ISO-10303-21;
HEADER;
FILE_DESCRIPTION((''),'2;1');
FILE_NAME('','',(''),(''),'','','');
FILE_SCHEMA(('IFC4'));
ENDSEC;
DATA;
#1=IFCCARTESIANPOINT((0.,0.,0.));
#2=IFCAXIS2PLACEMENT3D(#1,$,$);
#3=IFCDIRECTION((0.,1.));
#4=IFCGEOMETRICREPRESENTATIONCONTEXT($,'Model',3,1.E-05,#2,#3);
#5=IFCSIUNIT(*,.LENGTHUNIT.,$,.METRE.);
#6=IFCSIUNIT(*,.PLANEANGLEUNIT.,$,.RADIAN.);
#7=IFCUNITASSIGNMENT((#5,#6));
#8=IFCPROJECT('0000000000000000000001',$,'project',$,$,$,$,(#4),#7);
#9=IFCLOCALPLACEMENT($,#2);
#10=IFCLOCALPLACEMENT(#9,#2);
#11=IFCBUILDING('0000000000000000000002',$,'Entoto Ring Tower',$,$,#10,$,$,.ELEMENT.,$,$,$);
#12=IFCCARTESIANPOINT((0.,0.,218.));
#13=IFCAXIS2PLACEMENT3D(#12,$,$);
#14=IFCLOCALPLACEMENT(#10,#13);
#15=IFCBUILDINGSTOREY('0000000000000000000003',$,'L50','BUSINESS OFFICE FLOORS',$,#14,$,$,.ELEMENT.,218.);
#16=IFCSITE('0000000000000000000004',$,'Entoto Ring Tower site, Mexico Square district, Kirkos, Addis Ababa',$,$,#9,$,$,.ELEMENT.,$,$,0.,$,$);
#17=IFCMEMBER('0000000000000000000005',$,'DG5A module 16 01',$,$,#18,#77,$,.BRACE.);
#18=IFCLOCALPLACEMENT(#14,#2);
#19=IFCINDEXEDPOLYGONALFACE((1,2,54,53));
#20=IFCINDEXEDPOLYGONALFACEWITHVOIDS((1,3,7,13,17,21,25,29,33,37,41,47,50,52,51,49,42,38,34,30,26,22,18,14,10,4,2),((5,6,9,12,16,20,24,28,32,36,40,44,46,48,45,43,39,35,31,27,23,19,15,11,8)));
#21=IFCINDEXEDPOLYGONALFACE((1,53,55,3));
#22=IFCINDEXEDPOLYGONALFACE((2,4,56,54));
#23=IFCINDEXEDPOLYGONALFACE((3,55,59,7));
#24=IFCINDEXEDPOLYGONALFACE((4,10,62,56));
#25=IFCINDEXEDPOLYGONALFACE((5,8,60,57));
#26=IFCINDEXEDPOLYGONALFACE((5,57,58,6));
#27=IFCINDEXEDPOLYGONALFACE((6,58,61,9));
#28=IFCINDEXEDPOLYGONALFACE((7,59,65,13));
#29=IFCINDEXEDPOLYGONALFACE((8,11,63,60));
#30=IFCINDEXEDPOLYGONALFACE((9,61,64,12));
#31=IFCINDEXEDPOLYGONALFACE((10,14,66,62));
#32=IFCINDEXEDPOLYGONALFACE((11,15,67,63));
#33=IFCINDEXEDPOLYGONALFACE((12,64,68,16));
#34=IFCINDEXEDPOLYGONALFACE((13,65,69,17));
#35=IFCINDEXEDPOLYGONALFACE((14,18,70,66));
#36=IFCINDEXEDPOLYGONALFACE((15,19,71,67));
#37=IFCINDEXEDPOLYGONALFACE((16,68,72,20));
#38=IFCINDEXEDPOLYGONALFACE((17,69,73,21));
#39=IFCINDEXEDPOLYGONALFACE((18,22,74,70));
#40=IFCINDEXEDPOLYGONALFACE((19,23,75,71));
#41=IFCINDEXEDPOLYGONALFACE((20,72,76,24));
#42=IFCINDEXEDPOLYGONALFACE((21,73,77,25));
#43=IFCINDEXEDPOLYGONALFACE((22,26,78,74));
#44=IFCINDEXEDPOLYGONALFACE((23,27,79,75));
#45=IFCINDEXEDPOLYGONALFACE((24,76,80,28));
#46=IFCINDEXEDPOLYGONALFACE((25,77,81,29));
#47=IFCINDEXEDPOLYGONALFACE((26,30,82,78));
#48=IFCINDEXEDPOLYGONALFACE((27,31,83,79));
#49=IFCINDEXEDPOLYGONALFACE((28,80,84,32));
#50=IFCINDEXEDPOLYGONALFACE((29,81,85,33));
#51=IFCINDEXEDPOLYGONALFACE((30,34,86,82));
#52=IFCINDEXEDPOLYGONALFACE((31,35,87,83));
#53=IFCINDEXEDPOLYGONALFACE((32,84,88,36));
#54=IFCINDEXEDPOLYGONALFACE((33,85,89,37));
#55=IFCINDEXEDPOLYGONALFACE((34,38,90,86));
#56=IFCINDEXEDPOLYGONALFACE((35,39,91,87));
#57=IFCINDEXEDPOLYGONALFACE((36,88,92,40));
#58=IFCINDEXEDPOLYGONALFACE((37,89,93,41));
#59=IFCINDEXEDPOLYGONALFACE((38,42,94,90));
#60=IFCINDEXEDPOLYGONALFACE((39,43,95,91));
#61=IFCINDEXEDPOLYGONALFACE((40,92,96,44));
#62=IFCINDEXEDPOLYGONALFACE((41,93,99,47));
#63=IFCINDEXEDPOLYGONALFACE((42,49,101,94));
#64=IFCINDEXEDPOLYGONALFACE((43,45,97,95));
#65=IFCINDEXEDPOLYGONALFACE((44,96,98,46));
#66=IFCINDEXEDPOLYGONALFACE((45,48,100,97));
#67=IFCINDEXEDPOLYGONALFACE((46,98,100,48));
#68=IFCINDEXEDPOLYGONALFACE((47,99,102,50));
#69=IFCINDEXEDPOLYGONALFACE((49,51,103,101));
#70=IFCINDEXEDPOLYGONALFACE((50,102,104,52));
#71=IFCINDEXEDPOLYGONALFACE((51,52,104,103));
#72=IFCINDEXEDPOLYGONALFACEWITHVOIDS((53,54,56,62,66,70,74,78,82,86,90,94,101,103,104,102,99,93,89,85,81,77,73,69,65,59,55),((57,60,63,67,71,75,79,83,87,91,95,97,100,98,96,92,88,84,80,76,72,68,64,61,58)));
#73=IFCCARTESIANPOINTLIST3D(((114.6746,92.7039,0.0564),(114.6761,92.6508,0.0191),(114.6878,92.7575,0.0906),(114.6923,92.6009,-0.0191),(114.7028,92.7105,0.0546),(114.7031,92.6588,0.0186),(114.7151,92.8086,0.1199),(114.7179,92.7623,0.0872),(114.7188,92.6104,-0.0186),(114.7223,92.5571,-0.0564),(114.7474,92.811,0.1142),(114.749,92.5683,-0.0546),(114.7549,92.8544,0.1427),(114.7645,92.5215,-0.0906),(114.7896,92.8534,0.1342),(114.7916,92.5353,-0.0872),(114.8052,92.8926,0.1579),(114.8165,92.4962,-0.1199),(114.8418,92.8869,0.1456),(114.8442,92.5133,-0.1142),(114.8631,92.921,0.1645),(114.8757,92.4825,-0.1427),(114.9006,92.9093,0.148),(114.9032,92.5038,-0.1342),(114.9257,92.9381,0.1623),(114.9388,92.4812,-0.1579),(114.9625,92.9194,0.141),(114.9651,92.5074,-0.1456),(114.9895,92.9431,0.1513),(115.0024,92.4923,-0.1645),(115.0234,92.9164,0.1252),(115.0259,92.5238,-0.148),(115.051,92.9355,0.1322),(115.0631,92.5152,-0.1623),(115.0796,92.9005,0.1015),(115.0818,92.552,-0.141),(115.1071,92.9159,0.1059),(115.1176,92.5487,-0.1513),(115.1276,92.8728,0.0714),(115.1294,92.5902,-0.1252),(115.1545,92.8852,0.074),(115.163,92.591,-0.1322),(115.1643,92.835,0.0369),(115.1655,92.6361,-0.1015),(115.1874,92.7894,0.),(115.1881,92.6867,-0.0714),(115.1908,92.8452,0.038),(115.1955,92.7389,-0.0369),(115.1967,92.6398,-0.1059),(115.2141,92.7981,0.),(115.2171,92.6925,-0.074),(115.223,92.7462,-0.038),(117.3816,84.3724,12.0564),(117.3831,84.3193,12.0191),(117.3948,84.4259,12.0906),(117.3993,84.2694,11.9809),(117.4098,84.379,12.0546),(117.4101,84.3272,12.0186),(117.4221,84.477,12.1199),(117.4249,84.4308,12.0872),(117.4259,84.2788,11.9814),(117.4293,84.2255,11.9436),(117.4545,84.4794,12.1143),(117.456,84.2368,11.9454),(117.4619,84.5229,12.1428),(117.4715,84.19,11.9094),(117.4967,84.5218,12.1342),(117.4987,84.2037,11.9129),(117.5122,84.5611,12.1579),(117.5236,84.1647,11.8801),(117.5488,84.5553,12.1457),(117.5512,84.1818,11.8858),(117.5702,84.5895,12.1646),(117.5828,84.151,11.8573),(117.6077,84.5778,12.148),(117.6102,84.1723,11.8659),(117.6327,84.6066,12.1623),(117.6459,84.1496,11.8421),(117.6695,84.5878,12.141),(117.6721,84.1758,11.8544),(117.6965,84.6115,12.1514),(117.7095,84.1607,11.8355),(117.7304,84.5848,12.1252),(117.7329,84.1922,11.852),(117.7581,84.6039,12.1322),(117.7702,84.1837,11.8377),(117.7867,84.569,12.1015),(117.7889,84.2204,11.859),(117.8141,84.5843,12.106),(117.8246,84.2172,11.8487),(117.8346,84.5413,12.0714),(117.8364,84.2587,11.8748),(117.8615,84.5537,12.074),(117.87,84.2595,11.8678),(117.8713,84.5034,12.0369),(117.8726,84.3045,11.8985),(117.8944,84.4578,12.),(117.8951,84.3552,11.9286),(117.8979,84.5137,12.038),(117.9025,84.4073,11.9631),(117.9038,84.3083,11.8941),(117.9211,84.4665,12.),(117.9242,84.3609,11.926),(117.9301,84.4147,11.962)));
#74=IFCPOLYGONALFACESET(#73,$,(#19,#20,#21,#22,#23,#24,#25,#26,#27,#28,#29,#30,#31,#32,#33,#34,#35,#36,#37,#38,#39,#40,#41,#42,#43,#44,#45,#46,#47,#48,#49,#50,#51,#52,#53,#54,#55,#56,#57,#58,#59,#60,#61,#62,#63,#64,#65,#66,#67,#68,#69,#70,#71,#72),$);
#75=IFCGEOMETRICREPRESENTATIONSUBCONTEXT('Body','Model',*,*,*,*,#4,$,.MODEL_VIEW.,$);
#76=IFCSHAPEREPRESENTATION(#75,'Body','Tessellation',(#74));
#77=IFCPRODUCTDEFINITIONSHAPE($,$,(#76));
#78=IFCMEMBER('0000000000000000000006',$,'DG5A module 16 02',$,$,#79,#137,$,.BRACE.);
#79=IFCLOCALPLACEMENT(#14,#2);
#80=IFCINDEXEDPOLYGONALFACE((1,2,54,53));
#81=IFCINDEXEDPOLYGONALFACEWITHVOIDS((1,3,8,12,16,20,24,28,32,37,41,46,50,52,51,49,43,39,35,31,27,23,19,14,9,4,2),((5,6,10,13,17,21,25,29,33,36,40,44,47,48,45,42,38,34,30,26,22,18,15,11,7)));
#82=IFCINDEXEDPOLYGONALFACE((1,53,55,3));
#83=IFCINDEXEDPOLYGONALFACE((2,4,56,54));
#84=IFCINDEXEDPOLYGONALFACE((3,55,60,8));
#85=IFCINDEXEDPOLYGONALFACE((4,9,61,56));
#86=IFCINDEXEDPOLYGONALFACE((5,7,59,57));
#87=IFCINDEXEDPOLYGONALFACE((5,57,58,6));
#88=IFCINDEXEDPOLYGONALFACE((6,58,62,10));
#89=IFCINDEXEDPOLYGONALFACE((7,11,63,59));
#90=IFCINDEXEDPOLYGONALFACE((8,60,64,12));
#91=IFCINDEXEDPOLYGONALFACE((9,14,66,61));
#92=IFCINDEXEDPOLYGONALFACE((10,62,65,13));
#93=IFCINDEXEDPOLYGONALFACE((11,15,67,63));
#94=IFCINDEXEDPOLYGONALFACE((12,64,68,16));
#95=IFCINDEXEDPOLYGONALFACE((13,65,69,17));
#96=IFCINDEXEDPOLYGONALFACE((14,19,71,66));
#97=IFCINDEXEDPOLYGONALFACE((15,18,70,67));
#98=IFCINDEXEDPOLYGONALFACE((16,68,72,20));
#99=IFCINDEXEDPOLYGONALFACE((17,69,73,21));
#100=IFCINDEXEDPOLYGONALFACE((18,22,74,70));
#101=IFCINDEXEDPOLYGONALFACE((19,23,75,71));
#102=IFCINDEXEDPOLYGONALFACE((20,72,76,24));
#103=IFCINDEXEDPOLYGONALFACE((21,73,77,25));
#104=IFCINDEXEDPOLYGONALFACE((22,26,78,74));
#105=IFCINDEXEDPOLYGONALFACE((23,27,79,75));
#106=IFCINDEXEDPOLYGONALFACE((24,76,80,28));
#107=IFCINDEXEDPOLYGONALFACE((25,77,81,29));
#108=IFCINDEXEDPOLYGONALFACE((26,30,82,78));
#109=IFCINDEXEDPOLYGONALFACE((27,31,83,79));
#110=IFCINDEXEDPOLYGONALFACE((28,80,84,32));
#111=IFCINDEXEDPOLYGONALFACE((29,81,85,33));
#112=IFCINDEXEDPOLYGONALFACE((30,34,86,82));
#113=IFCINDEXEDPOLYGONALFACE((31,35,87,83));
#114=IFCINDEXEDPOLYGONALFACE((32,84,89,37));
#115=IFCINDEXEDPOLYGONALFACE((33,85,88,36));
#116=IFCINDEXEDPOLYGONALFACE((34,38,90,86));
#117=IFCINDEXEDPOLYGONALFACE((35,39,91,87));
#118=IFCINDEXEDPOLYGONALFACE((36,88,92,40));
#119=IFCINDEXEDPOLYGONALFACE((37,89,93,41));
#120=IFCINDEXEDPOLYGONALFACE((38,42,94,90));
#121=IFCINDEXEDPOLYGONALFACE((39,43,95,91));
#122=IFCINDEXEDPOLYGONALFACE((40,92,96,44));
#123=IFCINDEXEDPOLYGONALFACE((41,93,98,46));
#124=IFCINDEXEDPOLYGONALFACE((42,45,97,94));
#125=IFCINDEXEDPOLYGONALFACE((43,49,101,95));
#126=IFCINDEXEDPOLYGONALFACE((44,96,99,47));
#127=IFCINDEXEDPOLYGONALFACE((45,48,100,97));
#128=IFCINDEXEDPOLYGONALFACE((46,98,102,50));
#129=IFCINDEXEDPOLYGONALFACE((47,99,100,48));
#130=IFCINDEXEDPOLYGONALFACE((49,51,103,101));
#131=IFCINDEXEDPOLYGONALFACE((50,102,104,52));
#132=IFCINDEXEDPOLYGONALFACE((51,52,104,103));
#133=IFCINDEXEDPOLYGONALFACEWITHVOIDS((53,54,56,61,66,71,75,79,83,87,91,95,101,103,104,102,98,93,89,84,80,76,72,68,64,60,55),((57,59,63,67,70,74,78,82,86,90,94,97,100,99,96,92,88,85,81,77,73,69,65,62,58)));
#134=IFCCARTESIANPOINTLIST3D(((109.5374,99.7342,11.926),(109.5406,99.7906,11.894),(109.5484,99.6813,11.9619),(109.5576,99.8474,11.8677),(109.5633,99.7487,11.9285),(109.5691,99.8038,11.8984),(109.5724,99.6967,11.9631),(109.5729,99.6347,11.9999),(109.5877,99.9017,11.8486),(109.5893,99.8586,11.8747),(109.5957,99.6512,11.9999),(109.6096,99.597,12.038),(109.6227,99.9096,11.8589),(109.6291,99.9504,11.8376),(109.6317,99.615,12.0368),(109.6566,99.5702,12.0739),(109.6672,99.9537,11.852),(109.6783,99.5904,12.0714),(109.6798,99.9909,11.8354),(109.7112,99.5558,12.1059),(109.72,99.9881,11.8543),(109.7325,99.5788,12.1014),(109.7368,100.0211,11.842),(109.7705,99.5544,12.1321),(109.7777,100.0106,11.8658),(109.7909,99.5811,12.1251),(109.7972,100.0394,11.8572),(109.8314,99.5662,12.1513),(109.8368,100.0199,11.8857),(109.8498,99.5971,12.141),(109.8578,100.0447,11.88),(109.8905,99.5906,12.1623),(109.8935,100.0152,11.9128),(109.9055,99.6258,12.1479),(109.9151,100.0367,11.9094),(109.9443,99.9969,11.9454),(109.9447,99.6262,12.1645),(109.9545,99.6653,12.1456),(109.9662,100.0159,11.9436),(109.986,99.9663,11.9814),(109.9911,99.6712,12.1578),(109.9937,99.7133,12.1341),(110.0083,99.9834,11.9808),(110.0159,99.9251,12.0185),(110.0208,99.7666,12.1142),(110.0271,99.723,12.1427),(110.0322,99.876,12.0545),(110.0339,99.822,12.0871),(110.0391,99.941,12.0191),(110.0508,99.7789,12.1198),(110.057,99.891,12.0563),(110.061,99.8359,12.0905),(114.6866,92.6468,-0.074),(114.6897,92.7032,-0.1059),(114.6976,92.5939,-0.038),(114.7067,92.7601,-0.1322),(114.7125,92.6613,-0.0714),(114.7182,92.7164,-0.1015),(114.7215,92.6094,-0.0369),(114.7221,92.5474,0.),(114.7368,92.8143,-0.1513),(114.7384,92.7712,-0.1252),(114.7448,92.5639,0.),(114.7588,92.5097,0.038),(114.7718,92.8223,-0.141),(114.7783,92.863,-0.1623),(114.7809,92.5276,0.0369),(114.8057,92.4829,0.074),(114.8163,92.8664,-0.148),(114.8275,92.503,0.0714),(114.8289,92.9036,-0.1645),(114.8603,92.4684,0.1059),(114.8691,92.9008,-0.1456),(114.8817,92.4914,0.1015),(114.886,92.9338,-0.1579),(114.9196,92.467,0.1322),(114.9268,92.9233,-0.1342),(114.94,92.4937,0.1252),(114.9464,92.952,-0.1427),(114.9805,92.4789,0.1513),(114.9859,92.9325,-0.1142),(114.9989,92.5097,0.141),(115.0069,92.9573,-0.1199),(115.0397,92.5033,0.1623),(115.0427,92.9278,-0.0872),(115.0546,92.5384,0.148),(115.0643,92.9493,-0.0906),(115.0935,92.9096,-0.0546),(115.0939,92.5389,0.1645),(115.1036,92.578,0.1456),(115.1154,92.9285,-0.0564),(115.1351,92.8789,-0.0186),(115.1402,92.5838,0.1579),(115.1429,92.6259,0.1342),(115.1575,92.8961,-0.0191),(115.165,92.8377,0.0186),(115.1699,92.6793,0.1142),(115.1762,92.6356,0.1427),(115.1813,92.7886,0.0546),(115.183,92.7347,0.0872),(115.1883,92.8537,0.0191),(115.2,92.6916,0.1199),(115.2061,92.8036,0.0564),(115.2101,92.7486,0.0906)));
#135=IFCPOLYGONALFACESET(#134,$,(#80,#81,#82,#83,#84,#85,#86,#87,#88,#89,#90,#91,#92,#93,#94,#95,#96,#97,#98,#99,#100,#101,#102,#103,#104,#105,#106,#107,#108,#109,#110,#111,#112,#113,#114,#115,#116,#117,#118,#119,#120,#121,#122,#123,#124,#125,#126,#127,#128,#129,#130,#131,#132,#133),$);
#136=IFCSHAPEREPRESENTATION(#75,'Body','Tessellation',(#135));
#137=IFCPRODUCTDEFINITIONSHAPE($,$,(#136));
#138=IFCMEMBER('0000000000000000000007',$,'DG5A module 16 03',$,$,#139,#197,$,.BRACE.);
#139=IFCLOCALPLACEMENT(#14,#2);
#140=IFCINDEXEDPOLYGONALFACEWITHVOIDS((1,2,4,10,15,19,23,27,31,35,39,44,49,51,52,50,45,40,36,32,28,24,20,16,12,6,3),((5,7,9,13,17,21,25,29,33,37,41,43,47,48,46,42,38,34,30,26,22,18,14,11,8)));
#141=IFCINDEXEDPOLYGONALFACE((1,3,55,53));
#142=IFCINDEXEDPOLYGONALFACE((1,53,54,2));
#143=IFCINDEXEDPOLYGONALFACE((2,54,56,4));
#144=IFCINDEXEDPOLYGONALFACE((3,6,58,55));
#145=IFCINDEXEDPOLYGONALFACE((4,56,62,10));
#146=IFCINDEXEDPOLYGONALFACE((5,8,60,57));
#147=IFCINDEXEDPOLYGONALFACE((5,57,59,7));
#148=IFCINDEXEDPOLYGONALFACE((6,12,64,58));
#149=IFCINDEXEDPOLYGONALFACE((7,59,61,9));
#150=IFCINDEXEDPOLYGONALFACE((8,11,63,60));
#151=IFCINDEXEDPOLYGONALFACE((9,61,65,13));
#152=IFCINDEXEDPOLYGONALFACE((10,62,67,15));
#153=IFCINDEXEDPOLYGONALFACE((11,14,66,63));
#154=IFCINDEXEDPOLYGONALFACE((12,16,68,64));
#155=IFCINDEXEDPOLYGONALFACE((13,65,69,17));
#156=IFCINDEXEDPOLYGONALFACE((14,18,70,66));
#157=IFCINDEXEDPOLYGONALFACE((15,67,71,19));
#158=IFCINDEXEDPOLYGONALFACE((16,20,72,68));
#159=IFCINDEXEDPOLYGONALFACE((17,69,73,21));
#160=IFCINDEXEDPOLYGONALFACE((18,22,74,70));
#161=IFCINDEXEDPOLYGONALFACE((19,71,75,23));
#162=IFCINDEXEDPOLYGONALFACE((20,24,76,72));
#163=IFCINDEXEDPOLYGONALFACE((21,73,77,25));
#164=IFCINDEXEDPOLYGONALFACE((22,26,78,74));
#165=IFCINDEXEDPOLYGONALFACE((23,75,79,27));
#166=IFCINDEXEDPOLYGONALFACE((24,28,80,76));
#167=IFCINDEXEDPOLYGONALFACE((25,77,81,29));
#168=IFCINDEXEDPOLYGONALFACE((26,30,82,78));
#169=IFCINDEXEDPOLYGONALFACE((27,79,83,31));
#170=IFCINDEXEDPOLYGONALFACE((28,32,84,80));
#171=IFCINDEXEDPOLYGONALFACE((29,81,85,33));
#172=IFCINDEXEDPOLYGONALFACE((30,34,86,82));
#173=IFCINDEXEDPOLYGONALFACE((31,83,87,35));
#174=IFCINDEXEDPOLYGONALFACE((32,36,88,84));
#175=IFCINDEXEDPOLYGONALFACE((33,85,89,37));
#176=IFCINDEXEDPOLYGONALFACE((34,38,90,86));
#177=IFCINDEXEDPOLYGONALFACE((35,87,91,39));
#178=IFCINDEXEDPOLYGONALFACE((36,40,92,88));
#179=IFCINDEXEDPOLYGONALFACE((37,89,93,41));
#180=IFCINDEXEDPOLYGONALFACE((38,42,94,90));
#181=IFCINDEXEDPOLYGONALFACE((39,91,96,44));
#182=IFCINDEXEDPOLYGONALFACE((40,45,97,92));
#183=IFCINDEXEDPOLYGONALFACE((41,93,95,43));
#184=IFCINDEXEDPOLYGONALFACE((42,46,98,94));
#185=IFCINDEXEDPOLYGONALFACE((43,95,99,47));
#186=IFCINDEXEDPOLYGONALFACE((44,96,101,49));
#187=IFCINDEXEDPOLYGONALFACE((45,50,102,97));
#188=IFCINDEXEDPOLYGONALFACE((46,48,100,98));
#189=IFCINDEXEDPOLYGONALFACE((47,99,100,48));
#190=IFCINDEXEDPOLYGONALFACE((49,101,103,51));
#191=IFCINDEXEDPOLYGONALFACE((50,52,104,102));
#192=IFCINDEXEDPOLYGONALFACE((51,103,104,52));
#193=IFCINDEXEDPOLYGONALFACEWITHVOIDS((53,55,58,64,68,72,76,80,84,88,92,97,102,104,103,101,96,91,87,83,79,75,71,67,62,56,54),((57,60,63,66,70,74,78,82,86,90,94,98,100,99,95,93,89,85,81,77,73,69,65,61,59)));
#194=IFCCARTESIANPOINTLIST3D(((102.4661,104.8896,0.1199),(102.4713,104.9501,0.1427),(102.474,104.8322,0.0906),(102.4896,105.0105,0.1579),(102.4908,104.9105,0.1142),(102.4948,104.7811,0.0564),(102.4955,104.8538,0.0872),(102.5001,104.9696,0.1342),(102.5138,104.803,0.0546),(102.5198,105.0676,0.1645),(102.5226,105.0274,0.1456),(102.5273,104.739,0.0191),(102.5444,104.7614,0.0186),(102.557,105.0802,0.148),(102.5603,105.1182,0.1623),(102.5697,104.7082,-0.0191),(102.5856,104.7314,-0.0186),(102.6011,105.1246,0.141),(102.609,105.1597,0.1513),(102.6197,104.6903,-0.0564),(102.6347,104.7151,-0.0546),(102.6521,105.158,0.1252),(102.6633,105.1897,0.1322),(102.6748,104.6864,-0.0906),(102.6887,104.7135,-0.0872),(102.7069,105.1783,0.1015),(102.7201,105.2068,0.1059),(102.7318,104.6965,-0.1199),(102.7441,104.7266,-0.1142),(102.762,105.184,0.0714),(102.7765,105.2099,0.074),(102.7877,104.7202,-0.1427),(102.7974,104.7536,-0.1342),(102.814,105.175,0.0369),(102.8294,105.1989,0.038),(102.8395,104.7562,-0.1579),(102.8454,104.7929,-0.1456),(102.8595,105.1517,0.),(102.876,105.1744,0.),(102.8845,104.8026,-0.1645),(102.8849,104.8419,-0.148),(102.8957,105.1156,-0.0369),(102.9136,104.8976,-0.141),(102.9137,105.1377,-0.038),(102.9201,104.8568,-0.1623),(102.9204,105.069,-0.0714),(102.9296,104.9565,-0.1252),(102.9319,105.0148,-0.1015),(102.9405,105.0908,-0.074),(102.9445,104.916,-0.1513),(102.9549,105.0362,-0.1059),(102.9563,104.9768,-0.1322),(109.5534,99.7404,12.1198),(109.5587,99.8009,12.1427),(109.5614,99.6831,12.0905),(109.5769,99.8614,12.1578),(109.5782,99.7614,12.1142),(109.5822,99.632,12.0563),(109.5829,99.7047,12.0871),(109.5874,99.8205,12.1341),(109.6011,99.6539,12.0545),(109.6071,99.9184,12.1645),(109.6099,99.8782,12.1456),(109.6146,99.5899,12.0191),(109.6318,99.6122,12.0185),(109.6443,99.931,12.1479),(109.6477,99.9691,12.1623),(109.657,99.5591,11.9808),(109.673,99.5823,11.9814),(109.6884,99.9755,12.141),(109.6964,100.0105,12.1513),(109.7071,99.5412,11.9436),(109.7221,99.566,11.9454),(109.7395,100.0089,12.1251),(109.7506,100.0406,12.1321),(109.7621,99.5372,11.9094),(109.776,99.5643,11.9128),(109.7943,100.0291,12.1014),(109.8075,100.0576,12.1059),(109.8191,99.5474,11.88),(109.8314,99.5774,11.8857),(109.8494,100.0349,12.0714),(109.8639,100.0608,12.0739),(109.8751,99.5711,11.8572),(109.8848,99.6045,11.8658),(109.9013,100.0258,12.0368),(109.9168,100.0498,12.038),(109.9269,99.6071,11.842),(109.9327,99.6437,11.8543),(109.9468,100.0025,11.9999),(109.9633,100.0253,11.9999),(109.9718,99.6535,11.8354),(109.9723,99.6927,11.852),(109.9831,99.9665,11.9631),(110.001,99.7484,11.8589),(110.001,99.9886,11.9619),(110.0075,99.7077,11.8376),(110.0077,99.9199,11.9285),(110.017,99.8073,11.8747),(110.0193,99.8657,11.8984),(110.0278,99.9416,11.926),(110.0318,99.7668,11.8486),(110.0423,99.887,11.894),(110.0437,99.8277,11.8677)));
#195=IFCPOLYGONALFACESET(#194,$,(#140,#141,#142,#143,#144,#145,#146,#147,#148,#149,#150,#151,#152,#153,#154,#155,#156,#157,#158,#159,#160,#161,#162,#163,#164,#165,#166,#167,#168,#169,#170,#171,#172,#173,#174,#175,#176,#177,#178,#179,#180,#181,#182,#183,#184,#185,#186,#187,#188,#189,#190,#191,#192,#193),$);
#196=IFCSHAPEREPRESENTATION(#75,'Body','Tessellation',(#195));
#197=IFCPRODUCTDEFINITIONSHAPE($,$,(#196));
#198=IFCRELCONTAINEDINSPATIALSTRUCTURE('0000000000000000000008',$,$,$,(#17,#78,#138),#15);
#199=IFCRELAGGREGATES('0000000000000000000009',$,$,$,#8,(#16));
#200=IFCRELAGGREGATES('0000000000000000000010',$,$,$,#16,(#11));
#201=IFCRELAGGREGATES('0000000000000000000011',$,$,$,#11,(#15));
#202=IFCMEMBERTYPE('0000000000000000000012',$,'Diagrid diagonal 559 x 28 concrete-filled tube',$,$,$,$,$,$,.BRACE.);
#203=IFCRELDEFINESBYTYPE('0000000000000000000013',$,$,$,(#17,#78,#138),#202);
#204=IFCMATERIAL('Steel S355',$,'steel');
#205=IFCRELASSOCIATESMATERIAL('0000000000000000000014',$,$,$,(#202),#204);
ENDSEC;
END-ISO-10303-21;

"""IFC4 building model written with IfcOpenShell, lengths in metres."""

from ifc_helpers import new_model, si_unit, direction, frame, origin, origin_2d, place, context, subcontext, project, spatial, circle, hollow_circle, extrude, material, material_profile, profile_set, type_object, element, save


model = new_model("IFC4")

# Units and contexts
model_context = context("Model", 3, precision=1e-05, world=origin(), true_north=direction((0.0, 1.0)))
body_context = subcontext(model_context, "Body", "Model", "MODEL_VIEW")
ifc_project = project(units=[si_unit("LENGTHUNIT", "METRE"), si_unit("PLANEANGLEUNIT", "RADIAN")], contexts=[model_context])

# Site, building, storey
site_placement = place(None, origin())
site = spatial("IfcSite", under=ifc_project, at=site_placement, Name="Entoto Ring Tower site, Mexico Square district, Kirkos, Addis Ababa", CompositionType="ELEMENT", RefElevation=0.0)
building_placement = place(site_placement, origin())
building = spatial("IfcBuilding", under=site, at=building_placement, Name="Entoto Ring Tower", CompositionType="ELEMENT")
storey_placement = place(building_placement, frame((0.0, 0.0, 218.0)))
storey = spatial("IfcBuildingStorey", under=building, at=storey_placement, Name="L50", Description="BUSINESS OFFICE FLOORS", CompositionType="ELEMENT", Elevation=218.0)

# Members
ifc_material_1 = material(Name="Steel S355", Category="steel")
ifc_material_profile_1 = material_profile(ifc_material_1, hollow_circle(Radius=0.2795, WallThickness=0.0281, at=origin_2d()), Name="CHS 559 x 28")
ifc_material_2 = material(Name="Concrete C60/75", Category="concrete")
ifc_material_profile_2 = material_profile(ifc_material_2, circle(Radius=0.2515, at=origin_2d()), Name="Concrete C60/75 infill")
ifc_profile_set_1 = profile_set([ifc_material_profile_1, ifc_material_profile_2], Name="Steel S355")
member_type_1 = type_object("IfcMemberType", Name="Diagrid diagonal 559 x 28 concrete-filled tube", PredefinedType="BRACE", material=ifc_profile_set_1)
for number, where, z_axis, x_axis, name in (
    (1, (114.9482, 92.7117, 0.0), (0.182201, -0.560767, 0.807678), (0.951058, 0.309012, 0.0), "DG5A module 16 01"),
    (2, (114.9482, 92.7117, 0.0), (-0.34657, 0.477025, 0.807673), (-0.809024, -0.587776, 0.0), "DG5A module 16 02"),
    (3, (102.7117, 104.9482, 0.0), (0.477025, -0.34657, 0.807673), (0.587776, 0.809024, 0.0), "DG5A module 16 03"),
):
    element("IfcMember", number, at=place(storey_placement, frame(where, z_axis=z_axis, x_axis=x_axis)), inside=storey, type_object=member_type_1, Name=name, PredefinedType="BRACE", context=body_context, shape_type="SweptSolid", body=[
        extrude(hollow_circle(Radius=0.2795, WallThickness=0.0281, at=origin_2d()), origin(), (0.0, 0.0, 1.0), 14.8574),
    ])

save(model, "model.ifc")
